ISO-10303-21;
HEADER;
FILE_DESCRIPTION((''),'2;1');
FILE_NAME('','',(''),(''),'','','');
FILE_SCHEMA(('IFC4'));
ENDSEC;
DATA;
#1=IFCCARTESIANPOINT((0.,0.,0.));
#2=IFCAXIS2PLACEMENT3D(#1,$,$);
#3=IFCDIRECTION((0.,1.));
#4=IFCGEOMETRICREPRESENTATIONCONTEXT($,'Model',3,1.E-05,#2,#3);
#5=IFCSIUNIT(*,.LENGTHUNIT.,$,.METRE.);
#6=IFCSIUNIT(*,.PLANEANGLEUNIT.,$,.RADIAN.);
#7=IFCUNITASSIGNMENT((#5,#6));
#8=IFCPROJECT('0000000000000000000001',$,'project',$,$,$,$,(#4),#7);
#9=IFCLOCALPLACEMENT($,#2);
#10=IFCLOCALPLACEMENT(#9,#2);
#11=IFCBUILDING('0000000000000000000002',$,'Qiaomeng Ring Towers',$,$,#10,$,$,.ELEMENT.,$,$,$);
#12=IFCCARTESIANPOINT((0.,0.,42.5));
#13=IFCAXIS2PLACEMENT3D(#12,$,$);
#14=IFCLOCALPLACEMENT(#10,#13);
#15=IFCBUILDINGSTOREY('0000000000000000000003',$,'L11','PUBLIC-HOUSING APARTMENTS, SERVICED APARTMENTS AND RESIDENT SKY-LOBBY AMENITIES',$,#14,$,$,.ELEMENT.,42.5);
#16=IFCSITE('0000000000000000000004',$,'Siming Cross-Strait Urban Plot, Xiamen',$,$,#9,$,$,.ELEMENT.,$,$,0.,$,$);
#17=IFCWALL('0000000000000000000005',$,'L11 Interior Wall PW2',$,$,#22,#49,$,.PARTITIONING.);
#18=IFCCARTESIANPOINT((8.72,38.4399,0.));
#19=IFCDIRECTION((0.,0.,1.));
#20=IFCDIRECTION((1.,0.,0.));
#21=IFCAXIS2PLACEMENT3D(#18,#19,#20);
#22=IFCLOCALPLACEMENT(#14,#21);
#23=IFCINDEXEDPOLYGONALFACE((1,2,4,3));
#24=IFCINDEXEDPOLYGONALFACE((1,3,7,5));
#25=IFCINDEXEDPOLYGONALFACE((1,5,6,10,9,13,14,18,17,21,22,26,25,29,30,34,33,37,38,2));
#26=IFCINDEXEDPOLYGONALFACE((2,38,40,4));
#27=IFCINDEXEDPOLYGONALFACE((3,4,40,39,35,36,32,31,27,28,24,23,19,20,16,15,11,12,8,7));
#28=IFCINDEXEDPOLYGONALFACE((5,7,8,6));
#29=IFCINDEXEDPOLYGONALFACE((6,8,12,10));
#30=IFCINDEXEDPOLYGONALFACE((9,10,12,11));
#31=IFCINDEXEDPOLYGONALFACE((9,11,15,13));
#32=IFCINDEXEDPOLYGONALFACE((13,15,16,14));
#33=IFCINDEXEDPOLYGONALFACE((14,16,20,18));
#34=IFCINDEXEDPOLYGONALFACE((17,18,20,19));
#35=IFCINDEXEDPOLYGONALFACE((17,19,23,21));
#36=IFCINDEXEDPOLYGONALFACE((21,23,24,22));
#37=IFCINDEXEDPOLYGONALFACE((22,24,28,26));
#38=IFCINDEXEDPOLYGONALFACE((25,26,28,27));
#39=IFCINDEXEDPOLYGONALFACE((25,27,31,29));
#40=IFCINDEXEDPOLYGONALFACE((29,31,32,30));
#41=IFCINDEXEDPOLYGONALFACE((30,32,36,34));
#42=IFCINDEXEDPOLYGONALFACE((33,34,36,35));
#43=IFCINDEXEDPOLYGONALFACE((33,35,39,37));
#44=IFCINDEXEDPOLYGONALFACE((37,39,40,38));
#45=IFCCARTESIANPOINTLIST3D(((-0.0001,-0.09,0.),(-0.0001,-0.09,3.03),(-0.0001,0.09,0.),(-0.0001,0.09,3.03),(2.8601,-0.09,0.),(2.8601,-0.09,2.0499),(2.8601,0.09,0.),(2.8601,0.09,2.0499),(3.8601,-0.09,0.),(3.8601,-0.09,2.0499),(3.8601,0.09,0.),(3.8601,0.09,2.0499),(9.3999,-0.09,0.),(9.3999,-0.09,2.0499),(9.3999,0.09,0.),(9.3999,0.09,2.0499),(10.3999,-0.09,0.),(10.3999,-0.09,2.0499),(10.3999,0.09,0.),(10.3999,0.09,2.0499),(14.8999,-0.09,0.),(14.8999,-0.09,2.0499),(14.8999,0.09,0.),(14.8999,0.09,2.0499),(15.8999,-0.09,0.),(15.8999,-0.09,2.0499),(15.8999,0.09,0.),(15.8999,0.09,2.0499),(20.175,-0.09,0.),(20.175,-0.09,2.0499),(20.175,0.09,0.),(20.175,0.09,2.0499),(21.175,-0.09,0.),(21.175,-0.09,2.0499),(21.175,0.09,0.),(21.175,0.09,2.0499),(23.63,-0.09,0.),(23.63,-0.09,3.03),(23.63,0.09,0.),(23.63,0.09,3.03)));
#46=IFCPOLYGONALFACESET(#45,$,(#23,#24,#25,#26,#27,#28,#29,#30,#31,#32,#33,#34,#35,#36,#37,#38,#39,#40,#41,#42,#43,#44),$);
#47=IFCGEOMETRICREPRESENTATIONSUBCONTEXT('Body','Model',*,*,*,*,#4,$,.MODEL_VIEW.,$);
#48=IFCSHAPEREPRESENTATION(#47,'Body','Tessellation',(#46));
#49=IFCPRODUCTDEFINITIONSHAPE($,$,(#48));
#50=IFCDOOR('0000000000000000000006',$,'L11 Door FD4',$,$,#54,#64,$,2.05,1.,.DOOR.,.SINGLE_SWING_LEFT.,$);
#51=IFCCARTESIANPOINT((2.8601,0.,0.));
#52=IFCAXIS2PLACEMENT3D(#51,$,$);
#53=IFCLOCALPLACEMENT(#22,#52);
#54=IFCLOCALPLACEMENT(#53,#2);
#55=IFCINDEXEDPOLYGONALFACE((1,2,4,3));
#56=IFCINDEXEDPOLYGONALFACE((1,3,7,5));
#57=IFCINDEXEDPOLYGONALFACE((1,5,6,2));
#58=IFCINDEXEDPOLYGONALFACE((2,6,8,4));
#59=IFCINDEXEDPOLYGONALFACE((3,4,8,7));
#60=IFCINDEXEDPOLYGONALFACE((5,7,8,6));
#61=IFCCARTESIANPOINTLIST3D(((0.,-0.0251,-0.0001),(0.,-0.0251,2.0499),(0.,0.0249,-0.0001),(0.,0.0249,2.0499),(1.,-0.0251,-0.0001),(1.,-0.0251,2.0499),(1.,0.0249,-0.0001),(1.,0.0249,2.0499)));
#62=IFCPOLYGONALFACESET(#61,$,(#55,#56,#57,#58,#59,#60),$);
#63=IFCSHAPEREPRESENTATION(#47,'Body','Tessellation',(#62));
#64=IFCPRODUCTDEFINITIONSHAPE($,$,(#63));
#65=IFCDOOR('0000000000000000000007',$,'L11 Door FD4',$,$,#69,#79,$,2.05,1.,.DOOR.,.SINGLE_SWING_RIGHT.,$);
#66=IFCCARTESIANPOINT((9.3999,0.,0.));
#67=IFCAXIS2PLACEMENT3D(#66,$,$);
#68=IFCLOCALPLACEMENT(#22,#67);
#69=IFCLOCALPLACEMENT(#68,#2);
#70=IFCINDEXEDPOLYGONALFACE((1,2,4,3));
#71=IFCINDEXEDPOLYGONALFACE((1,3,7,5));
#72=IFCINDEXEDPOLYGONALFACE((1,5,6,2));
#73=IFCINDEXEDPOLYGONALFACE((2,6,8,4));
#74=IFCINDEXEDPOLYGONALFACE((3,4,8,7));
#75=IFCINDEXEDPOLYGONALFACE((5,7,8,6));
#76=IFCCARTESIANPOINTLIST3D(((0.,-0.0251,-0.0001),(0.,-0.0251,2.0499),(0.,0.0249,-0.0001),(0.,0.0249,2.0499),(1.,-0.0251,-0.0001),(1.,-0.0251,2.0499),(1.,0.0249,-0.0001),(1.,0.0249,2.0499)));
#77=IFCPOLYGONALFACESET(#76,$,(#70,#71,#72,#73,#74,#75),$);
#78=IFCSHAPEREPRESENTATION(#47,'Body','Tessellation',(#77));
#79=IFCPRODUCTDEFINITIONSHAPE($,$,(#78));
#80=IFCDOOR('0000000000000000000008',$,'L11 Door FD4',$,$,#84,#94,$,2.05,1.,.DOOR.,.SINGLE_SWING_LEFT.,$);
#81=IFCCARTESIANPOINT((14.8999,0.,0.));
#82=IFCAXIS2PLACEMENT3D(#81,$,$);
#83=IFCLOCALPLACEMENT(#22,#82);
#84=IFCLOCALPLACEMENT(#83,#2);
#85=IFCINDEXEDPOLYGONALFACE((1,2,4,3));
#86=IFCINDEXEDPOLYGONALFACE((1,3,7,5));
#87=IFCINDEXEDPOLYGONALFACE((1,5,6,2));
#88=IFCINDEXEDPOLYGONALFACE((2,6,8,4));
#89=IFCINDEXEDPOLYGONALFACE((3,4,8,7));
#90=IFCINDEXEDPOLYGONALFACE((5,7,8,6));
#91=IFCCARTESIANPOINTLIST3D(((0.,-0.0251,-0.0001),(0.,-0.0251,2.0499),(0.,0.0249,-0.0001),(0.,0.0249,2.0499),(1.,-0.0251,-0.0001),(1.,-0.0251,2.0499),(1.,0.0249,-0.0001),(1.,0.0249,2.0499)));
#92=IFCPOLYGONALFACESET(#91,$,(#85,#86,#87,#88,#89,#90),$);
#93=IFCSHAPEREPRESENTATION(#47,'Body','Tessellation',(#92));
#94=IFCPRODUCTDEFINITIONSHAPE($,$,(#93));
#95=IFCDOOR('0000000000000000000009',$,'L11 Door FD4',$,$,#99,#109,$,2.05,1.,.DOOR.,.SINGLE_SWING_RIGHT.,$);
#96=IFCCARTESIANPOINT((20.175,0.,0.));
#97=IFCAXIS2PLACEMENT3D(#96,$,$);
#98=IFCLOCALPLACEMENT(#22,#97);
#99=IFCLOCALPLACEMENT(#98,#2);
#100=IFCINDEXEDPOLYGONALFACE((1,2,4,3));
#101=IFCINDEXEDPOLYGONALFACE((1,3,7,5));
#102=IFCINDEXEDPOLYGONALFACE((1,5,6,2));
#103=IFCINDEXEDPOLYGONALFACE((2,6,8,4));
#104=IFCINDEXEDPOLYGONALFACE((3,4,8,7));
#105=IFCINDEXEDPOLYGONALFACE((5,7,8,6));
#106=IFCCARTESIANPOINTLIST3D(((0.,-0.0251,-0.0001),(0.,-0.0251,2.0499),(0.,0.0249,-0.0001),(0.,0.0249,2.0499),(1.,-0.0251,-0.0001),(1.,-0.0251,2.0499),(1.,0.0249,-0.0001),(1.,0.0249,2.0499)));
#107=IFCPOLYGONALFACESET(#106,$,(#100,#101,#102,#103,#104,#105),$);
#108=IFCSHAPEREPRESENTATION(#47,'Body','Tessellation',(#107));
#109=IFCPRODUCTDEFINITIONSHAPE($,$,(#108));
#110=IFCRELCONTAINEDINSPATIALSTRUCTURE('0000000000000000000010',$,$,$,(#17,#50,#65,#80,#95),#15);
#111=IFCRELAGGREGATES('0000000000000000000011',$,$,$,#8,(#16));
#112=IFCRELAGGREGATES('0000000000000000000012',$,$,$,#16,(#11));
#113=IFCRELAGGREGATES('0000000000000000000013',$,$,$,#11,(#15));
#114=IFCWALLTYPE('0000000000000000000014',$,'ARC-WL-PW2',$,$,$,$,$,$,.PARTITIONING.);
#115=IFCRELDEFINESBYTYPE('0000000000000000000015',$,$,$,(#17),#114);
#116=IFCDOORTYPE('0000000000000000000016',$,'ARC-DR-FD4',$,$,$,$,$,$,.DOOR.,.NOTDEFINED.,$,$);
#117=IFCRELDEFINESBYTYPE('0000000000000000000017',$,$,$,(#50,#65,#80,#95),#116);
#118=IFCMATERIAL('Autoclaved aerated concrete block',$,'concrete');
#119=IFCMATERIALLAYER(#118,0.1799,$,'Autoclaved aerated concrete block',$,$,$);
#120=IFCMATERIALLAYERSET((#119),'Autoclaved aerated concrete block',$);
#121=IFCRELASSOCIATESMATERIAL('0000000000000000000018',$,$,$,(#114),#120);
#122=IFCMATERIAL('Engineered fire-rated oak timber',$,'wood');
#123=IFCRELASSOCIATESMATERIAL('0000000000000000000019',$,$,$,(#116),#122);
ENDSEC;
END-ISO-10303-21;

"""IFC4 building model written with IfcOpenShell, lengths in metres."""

from ifc_helpers import new_model, si_unit, direction, frame, frame_2d, origin, place, context, subcontext, project, spatial, rectangle, extrude, source, transform, mapped, material, layer, layer_set, type_object, element, fill, save


model = new_model("IFC4")

# Units and contexts
model_context = context("Model", 3, precision=1e-05, world=origin(), true_north=direction((0.0, 1.0)))
body_context = subcontext(model_context, "Body", "Model", "MODEL_VIEW")
ifc_project = project(units=[si_unit("LENGTHUNIT", "METRE"), si_unit("PLANEANGLEUNIT", "RADIAN")], contexts=[model_context])

# Site, building, storey
site_placement = place(None, origin())
site = spatial("IfcSite", under=ifc_project, at=site_placement, Name="Siming Cross-Strait Urban Plot, Xiamen", CompositionType="ELEMENT", RefElevation=0.0)
building_placement = place(site_placement, origin())
building = spatial("IfcBuilding", under=site, at=building_placement, Name="Qiaomeng Ring Towers", CompositionType="ELEMENT")
storey_placement = place(building_placement, frame((0.0, 0.0, 42.5)))
storey = spatial("IfcBuildingStorey", under=building, at=storey_placement, Name="L11", Description="PUBLIC-HOUSING APARTMENTS, SERVICED APARTMENTS AND RESIDENT SKY-LOBBY AMENITIES", CompositionType="ELEMENT", Elevation=42.5)

# Shared definitions
ifc_material_1 = material(Name="Autoclaved aerated concrete block", Category="concrete")

# Wall, openings, doors
ifc_layer_1 = layer(ifc_material_1, 0.1799, Name="Autoclaved aerated concrete block")
ifc_layer_set_1 = layer_set([ifc_layer_1], Name="Autoclaved aerated concrete block")
wall_type_1 = type_object("IfcWallType", Name="ARC-WL-PW2", PredefinedType="PARTITIONING", material=ifc_layer_set_1)
wall_1_placement = place(storey_placement, frame((8.72, 38.4399, 0.0), z_axis=(0.0, 0.0, 1.0), x_axis=(1.0, 0.0, 0.0)))
wall_1 = element("IfcWall", 1, at=wall_1_placement, inside=storey, type_object=wall_type_1, Name="L11 Interior Wall PW2", PredefinedType="PARTITIONING", context=body_context, shape_type="SweptSolid", body=[
    extrude(rectangle(XDim=23.6301, YDim=0.1799, at=frame_2d((11.8149, 0.0))), origin(), (0.0, 0.0, 1.0), 3.03),
])
opening_1_placement = place(wall_1_placement, frame((2.8601, 0.0, 0.0)))
opening_1 = element("IfcOpeningElement", 2, at=opening_1_placement, cuts=wall_1, PredefinedType="OPENING", context=body_context, shape_type="SweptSolid", body=[
    extrude(rectangle(XDim=1.0, YDim=2.05, at=frame_2d((0.5, 1.0249))), frame((0.0, 0.0999, 0.0), z_axis=(0.0, -1.0, 0.0), x_axis=(1.0, 0.0, 0.0)), (0.0, 0.0, 1.0), 0.2),
])
opening_2_placement = place(wall_1_placement, frame((9.3999, 0.0, 0.0)))
opening_2 = element("IfcOpeningElement", 3, at=opening_2_placement, cuts=wall_1, PredefinedType="OPENING", context=body_context, shape_type="SweptSolid", body=[
    extrude(rectangle(XDim=1.0, YDim=2.05, at=frame_2d((0.5, 1.0249))), frame((0.0, 0.0999, 0.0), z_axis=(0.0, -1.0, 0.0), x_axis=(1.0, 0.0, 0.0)), (0.0, 0.0, 1.0), 0.2),
])
opening_3_placement = place(wall_1_placement, frame((14.8999, 0.0, 0.0)))
opening_3 = element("IfcOpeningElement", 4, at=opening_3_placement, cuts=wall_1, PredefinedType="OPENING", context=body_context, shape_type="SweptSolid", body=[
    extrude(rectangle(XDim=1.0, YDim=2.05, at=frame_2d((0.5, 1.0249))), frame((0.0, 0.0999, 0.0), z_axis=(0.0, -1.0, 0.0), x_axis=(1.0, 0.0, 0.0)), (0.0, 0.0, 1.0), 0.2),
])
opening_4_placement = place(wall_1_placement, frame((20.175, 0.0, 0.0)))
opening_4 = element("IfcOpeningElement", 5, at=opening_4_placement, cuts=wall_1, PredefinedType="OPENING", context=body_context, shape_type="SweptSolid", body=[
    extrude(rectangle(XDim=1.0, YDim=2.05, at=frame_2d((0.5, 1.0249))), frame((0.0, 0.0999, 0.0), z_axis=(0.0, -1.0, 0.0), x_axis=(1.0, 0.0, 0.0)), (0.0, 0.0, 1.0), 0.2),
])
ifc_material_2 = material(Name="Engineered fire-rated oak timber", Category="wood")
door_type_1 = type_object("IfcDoorType", Name="ARC-DR-FD4", OperationType="NOTDEFINED", PredefinedType="DOOR", material=ifc_material_2)
shared_shape_1 = source(origin(), body_context, "Body", "SweptSolid", [
    extrude(rectangle(XDim=1.0, YDim=2.05, at=frame_2d((0.5, 1.0249))), frame((0.0, 0.0249, 0.0), z_axis=(0.0, -1.0, 0.0), x_axis=(1.0, 0.0, 0.0)), (0.0, 0.0, 1.0), 0.05),
])
door_1_placement = place(opening_1_placement, origin())
door_1 = element("IfcDoor", 6, at=door_1_placement, inside=storey, type_object=door_type_1, Name="L11 Door FD4", OperationType="SINGLE_SWING_LEFT", OverallHeight=2.05, OverallWidth=1.0, PredefinedType="DOOR", context=body_context, shape_type="MappedRepresentation", body=[
    mapped(shared_shape_1, transform((0.0, 0.0, 0.0), x_axis=(1.0, 0.0, 0.0), y_axis=(0.0, 1.0, 0.0), z_axis=(0.0, 0.0, 1.0), scale=1.0)),
])
fill(opening_1, door_1)
door_2_placement = place(opening_2_placement, origin())
door_2 = element("IfcDoor", 7, at=door_2_placement, inside=storey, type_object=door_type_1, Name="L11 Door FD4", OperationType="SINGLE_SWING_RIGHT", OverallHeight=2.05, OverallWidth=1.0, PredefinedType="DOOR", context=body_context, shape_type="MappedRepresentation", body=[
    mapped(shared_shape_1, transform((0.0, 0.0, 0.0), x_axis=(1.0, 0.0, 0.0), y_axis=(0.0, 1.0, 0.0), z_axis=(0.0, 0.0, 1.0), scale=1.0)),
])
fill(opening_2, door_2)
door_3_placement = place(opening_3_placement, origin())
door_3 = element("IfcDoor", 8, at=door_3_placement, inside=storey, type_object=door_type_1, Name="L11 Door FD4", OperationType="SINGLE_SWING_LEFT", OverallHeight=2.05, OverallWidth=1.0, PredefinedType="DOOR", context=body_context, shape_type="MappedRepresentation", body=[
    mapped(shared_shape_1, transform((0.0, 0.0, 0.0), x_axis=(1.0, 0.0, 0.0), y_axis=(0.0, 1.0, 0.0), z_axis=(0.0, 0.0, 1.0), scale=1.0)),
])
fill(opening_3, door_3)
door_4_placement = place(opening_4_placement, origin())
door_4 = element("IfcDoor", 9, at=door_4_placement, inside=storey, type_object=door_type_1, Name="L11 Door FD4", OperationType="SINGLE_SWING_RIGHT", OverallHeight=2.05, OverallWidth=1.0, PredefinedType="DOOR", context=body_context, shape_type="MappedRepresentation", body=[
    mapped(shared_shape_1, transform((0.0, 0.0, 0.0), x_axis=(1.0, 0.0, 0.0), y_axis=(0.0, 1.0, 0.0), z_axis=(0.0, 0.0, 1.0), scale=1.0)),
])
fill(opening_4, door_4)

save(model, "model.ifc")
